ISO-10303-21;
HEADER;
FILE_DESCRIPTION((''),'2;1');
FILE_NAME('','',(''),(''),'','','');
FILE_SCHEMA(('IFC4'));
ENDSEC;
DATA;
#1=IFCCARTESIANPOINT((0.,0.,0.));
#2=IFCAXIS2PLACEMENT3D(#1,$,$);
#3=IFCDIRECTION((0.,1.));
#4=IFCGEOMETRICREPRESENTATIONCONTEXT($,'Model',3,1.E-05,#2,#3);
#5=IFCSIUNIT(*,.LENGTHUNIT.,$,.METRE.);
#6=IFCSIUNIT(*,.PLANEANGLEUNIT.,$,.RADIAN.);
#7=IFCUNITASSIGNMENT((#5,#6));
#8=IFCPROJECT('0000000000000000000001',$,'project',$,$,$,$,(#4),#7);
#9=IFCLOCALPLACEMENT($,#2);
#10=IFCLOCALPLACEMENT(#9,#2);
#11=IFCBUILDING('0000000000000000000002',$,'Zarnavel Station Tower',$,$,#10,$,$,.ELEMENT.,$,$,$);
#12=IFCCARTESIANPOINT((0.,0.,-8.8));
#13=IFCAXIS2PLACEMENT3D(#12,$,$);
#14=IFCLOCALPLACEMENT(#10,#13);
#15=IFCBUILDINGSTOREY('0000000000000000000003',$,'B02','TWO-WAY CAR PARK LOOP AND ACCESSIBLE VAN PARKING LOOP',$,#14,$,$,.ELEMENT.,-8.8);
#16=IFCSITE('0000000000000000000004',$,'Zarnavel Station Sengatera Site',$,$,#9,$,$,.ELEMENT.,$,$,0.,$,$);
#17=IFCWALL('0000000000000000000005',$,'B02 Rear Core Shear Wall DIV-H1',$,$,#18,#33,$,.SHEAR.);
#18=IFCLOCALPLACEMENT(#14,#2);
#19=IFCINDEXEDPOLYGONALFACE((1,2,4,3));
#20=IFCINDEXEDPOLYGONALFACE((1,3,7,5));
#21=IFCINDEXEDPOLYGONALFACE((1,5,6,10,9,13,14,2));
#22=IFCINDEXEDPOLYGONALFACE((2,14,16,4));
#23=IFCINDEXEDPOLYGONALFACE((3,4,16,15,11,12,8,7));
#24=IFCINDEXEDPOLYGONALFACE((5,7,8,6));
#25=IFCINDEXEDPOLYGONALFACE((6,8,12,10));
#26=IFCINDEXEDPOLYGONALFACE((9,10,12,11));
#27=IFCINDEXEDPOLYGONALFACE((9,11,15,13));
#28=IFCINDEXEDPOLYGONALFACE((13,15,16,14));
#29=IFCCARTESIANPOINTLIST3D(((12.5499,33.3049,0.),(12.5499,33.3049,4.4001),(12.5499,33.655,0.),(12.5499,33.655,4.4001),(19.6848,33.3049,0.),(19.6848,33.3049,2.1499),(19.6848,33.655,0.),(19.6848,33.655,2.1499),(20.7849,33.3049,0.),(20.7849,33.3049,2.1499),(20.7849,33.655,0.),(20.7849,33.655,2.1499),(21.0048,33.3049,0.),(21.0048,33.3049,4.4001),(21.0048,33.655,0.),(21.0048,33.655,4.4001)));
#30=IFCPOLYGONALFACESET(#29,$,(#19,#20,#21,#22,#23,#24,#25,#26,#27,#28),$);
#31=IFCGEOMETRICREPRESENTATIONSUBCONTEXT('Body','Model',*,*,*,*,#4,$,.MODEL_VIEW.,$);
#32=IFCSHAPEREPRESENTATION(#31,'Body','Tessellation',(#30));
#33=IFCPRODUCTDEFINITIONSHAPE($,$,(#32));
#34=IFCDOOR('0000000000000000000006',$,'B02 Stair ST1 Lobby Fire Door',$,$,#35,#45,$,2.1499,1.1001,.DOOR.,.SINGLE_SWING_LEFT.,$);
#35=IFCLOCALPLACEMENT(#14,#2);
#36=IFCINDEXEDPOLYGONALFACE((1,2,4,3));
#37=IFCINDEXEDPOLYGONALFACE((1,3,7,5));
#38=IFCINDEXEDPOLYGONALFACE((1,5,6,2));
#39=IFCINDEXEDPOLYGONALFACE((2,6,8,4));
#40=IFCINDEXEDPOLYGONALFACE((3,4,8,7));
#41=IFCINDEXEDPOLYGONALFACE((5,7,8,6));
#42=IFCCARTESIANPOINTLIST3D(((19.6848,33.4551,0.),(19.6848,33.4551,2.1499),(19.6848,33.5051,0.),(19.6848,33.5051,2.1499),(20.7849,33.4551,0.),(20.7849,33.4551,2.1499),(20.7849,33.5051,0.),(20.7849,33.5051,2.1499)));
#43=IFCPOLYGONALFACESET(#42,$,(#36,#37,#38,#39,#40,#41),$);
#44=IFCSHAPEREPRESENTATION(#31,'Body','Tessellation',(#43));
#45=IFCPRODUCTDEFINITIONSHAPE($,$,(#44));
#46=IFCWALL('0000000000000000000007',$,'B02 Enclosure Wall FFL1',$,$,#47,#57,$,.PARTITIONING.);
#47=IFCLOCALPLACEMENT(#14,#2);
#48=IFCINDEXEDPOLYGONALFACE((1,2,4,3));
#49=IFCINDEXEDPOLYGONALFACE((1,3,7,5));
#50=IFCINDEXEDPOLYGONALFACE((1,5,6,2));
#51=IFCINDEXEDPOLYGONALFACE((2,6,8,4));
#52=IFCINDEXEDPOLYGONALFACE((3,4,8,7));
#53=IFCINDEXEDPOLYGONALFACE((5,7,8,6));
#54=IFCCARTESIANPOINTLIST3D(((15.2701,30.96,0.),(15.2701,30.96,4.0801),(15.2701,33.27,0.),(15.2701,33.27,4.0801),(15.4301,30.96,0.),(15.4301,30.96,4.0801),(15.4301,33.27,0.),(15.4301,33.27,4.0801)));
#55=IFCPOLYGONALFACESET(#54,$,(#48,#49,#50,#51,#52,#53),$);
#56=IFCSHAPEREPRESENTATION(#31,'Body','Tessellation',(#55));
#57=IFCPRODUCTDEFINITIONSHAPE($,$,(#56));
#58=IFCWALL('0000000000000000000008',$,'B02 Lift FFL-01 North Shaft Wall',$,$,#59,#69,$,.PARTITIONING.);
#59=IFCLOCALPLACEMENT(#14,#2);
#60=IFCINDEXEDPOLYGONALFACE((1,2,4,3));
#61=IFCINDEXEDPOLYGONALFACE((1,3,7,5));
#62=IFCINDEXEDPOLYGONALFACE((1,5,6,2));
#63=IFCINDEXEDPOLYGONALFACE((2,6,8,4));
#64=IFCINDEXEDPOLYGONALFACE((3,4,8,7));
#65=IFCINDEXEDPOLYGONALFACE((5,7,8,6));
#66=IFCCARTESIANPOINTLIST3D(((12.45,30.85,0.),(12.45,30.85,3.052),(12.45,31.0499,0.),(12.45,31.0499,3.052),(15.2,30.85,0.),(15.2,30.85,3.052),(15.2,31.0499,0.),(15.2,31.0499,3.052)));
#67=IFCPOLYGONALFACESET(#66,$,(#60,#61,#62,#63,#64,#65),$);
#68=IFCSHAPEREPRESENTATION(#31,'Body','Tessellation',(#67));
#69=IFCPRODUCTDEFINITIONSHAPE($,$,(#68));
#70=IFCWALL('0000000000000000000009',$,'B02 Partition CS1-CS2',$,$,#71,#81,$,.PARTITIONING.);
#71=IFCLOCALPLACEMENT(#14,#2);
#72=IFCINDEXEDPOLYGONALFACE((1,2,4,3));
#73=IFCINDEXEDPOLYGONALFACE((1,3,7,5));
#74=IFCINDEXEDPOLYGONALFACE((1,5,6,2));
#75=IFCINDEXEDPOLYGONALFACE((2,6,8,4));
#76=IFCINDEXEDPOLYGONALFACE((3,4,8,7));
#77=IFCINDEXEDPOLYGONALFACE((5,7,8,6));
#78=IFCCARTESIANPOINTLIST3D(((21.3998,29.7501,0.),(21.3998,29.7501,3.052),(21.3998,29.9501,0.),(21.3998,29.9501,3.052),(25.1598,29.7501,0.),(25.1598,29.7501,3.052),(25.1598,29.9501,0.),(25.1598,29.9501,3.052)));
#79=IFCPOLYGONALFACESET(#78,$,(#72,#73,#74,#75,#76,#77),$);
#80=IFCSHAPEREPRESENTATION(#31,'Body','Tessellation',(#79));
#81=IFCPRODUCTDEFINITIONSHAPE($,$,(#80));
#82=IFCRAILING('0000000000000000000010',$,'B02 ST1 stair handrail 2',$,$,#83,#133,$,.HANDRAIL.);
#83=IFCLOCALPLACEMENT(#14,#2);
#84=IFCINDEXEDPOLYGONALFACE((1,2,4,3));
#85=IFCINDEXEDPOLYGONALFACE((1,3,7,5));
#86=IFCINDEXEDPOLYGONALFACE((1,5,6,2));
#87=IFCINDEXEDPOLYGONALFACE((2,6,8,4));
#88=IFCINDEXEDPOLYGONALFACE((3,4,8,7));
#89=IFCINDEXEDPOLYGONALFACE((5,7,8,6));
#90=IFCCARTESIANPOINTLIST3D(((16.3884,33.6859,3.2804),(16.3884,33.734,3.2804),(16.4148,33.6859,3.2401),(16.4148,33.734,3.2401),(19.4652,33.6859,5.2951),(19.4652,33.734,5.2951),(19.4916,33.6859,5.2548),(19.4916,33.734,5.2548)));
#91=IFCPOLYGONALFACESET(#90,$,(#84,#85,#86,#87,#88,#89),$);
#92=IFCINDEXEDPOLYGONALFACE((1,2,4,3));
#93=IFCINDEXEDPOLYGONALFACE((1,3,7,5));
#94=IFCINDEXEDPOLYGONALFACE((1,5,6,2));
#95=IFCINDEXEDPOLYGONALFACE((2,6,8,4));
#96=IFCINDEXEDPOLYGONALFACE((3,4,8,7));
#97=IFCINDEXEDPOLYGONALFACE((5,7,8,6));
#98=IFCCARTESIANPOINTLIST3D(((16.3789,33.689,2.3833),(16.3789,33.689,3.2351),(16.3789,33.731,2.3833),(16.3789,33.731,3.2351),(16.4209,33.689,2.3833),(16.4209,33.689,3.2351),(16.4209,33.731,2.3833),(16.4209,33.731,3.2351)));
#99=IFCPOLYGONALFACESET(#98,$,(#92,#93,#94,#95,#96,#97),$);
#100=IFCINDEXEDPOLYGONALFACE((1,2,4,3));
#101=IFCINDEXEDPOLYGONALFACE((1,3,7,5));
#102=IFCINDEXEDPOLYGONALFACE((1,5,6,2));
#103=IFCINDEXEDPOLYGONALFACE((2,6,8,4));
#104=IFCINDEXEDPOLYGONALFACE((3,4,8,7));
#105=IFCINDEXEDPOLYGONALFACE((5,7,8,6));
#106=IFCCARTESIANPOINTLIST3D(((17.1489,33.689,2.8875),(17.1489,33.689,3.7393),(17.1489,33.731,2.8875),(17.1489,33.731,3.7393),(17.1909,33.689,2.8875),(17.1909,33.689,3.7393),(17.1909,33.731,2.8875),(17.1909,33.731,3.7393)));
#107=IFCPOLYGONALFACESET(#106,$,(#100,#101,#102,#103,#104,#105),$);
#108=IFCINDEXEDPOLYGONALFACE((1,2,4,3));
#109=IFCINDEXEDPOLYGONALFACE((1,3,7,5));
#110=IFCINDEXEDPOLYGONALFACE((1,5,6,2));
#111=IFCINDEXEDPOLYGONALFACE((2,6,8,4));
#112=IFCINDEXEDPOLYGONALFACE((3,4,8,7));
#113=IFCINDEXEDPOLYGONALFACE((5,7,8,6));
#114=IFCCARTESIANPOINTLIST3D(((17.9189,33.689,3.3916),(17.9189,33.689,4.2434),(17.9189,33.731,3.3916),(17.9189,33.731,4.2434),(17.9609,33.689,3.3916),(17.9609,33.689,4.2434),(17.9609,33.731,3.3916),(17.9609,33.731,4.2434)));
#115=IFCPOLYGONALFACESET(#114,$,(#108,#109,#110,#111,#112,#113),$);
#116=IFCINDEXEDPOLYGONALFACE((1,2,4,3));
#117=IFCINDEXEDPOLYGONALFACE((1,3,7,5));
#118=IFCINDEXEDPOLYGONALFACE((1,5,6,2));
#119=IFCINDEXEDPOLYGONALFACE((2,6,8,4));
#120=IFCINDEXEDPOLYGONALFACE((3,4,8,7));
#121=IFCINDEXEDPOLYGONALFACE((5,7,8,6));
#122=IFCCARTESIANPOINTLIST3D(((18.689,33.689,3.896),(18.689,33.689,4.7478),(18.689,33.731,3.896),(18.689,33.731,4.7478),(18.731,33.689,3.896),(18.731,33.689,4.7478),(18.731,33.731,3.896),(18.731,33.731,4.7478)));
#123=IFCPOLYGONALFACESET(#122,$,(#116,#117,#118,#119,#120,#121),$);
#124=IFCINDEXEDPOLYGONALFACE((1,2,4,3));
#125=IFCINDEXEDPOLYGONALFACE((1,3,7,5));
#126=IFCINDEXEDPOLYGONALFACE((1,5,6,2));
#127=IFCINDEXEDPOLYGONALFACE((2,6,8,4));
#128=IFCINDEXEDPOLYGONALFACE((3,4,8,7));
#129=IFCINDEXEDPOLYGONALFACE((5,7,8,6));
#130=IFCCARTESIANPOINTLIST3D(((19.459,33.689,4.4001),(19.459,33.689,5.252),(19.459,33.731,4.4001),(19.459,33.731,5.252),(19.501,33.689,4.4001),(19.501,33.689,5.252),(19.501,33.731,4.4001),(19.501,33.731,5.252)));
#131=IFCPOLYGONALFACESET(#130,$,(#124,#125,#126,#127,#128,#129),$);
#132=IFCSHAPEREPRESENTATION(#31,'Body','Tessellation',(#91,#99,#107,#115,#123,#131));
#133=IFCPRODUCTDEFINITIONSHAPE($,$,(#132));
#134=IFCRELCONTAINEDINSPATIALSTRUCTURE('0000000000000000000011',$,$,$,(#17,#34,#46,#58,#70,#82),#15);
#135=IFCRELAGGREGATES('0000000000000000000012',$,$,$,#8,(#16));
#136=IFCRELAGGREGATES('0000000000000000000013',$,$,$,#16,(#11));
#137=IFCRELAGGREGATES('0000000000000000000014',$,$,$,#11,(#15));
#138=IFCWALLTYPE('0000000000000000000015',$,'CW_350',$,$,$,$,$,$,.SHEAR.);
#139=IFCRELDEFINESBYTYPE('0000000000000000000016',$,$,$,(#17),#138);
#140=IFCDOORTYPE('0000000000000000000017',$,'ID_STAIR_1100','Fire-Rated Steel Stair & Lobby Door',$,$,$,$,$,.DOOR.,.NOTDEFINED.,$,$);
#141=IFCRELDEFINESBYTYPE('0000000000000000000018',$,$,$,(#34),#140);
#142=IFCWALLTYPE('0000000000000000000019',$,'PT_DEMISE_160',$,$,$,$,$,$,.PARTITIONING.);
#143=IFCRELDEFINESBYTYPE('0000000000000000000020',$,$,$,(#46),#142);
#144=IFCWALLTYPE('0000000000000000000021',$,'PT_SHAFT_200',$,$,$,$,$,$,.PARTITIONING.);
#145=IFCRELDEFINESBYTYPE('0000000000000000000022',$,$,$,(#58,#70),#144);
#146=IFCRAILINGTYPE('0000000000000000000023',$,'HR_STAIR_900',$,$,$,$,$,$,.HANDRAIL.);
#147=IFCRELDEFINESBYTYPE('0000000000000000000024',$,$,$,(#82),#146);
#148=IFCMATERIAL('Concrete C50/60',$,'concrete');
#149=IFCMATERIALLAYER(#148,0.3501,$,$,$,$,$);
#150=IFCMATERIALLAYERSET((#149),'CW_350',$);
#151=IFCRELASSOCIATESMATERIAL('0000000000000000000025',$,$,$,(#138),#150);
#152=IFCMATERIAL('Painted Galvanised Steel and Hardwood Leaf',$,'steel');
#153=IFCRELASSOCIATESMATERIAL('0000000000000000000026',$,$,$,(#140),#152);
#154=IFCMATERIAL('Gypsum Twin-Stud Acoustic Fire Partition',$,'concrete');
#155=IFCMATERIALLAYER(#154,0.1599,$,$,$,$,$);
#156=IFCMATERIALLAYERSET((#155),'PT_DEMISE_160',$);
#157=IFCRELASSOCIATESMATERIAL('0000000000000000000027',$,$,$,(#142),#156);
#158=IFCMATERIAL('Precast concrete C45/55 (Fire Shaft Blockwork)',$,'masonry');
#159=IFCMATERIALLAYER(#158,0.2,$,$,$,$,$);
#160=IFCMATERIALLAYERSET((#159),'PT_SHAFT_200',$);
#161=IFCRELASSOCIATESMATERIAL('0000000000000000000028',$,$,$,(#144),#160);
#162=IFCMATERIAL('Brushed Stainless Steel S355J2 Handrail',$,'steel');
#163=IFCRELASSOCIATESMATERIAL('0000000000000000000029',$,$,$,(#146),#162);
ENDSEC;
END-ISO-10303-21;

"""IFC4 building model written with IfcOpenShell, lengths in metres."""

from ifc_helpers import new_model, si_unit, direction, frame, frame_2d, origin, origin_2d, place, context, subcontext, project, spatial, rectangle, extrude, material, layer, layer_set, type_object, element, fill, save


model = new_model("IFC4")

# Units and contexts
model_context = context("Model", 3, precision=1e-05, world=origin(), true_north=direction((0.0, 1.0)))
body_context = subcontext(model_context, "Body", "Model", "MODEL_VIEW")
ifc_project = project(units=[si_unit("LENGTHUNIT", "METRE"), si_unit("PLANEANGLEUNIT", "RADIAN")], contexts=[model_context])

# Site, building, storey
site_placement = place(None, origin())
site = spatial("IfcSite", under=ifc_project, at=site_placement, Name="Zarnavel Station Sengatera Site", CompositionType="ELEMENT", RefElevation=0.0)
building_placement = place(site_placement, origin())
building = spatial("IfcBuilding", under=site, at=building_placement, Name="Zarnavel Station Tower", CompositionType="ELEMENT")
storey_placement = place(building_placement, frame((0.0, 0.0, -8.8)))
storey = spatial("IfcBuildingStorey", under=building, at=storey_placement, Name="B02", Description="TWO-WAY CAR PARK LOOP AND ACCESSIBLE VAN PARKING LOOP", CompositionType="ELEMENT", Elevation=-8.8)

# Shared definitions
ifc_material_1 = material(Name="Concrete C50/60", Category="concrete")
ifc_layer_1 = layer(ifc_material_1, 0.3501)
ifc_layer_set_1 = layer_set([ifc_layer_1], Name="CW_350")
wall_type_1 = type_object("IfcWallType", Name="CW_350", PredefinedType="SHEAR", material=ifc_layer_set_1)

# Wall, opening, door
wall_1_placement = place(storey_placement, frame((21.0049, 33.48, 0.0), z_axis=(0.0, 0.0, 1.0), x_axis=(-1.0, 0.0, 0.0)))
wall_1 = element("IfcWall", 1, at=wall_1_placement, inside=storey, type_object=wall_type_1, Name="B02 Rear Core Shear Wall DIV-H1", PredefinedType="SHEAR", context=body_context, shape_type="SweptSolid", body=[
    extrude(rectangle(XDim=8.4548, YDim=0.3501, at=frame_2d((4.2275, 0.0))), origin(), (0.0, 0.0, 1.0), 4.4001),
])
opening_1_placement = place(wall_1_placement, frame((0.22, 0.0, 0.0)))
opening_1 = element("IfcOpeningElement", 2, at=opening_1_placement, cuts=wall_1, PredefinedType="OPENING", context=body_context, shape_type="SweptSolid", body=[
    extrude(rectangle(XDim=1.1001, YDim=2.1499, at=frame_2d((0.55, 1.075))), frame((0.0, 0.1851, 0.0), z_axis=(0.0, -1.0, 0.0), x_axis=(1.0, 0.0, 0.0)), (0.0, 0.0, 1.0), 0.3701),
])
ifc_material_2 = material(Name="Painted Galvanised Steel and Hardwood Leaf", Category="steel")
door_type_1 = type_object("IfcDoorType", Name="ID_STAIR_1100", Description="Fire-Rated Steel Stair & Lobby Door", OperationType="NOTDEFINED", PredefinedType="DOOR", material=ifc_material_2)
door_1_placement = place(opening_1_placement, origin())
door_1 = element("IfcDoor", 3, at=door_1_placement, inside=storey, type_object=door_type_1, Name="B02 Stair ST1 Lobby Fire Door", OperationType="SINGLE_SWING_LEFT", OverallHeight=2.1499, OverallWidth=1.1001, PredefinedType="DOOR", context=body_context, shape_type="SweptSolid", body=[
    extrude(rectangle(XDim=1.1001, YDim=2.1499, at=frame_2d((0.55, 1.075))), frame((0.0, 0.0249, 0.0), z_axis=(0.0, -1.0, 0.0), x_axis=(1.0, 0.0, 0.0)), (0.0, 0.0, 1.0), 0.05),
])
fill(opening_1, door_1)

# Wall
ifc_material_3 = material(Name="Gypsum Twin-Stud Acoustic Fire Partition", Category="concrete")
ifc_layer_2 = layer(ifc_material_3, 0.1599)
ifc_layer_set_2 = layer_set([ifc_layer_2], Name="PT_DEMISE_160")
wall_type_2 = type_object("IfcWallType", Name="PT_DEMISE_160", PredefinedType="PARTITIONING", material=ifc_layer_set_2)
wall_2_placement = place(storey_placement, frame((15.3501, 30.96, 0.0), z_axis=(0.0, 0.0, 1.0), x_axis=(0.0, 1.0, 0.0)))
element("IfcWall", 4, at=wall_2_placement, inside=storey, type_object=wall_type_2, Name="B02 Enclosure Wall FFL1", PredefinedType="PARTITIONING", context=body_context, shape_type="SweptSolid", body=[
    extrude(rectangle(XDim=2.3101, YDim=0.1599, at=frame_2d((1.155, 0.0))), origin(), (0.0, 0.0, 1.0), 4.0801),
])

# Shared definitions
ifc_material_4 = material(Name="Precast concrete C45/55 (Fire Shaft Blockwork)", Category="masonry")
ifc_layer_3 = layer(ifc_material_4, 0.2)
ifc_layer_set_3 = layer_set([ifc_layer_3], Name="PT_SHAFT_200")
wall_type_3 = type_object("IfcWallType", Name="PT_SHAFT_200", PredefinedType="PARTITIONING", material=ifc_layer_set_3)

# Wall
wall_3_placement = place(storey_placement, frame((12.45, 30.95, 0.0), z_axis=(0.0, 0.0, 1.0), x_axis=(1.0, 0.0, 0.0)))
element("IfcWall", 5, at=wall_3_placement, inside=storey, type_object=wall_type_3, Name="B02 Lift FFL-01 North Shaft Wall", PredefinedType="PARTITIONING", context=body_context, shape_type="SweptSolid", body=[
    extrude(rectangle(XDim=2.75, YDim=0.2, at=frame_2d((1.375, 0.0))), origin(), (0.0, 0.0, 1.0), 3.052),
])

# Wall
wall_4_placement = place(storey_placement, frame((21.3999, 29.8501, 0.0), z_axis=(0.0, 0.0, 1.0), x_axis=(1.0, 0.0, 0.0)))
element("IfcWall", 6, at=wall_4_placement, inside=storey, type_object=wall_type_3, Name="B02 Partition CS1-CS2", PredefinedType="PARTITIONING", context=body_context, shape_type="SweptSolid", body=[
    extrude(rectangle(XDim=3.76, YDim=0.2, at=frame_2d((1.8799, 0.0))), origin(), (0.0, 0.0, 1.0), 3.052),
])

# Railing
ifc_material_5 = material(Name="Brushed Stainless Steel S355J2 Handrail", Category="steel")
railing_type = type_object("IfcRailingType", Name="HR_STAIR_900", PredefinedType="HANDRAIL", material=ifc_material_5)
railing_placement = place(storey_placement, frame((16.3999, 33.71, 2.3833)))
element("IfcRailing", 7, at=railing_placement, inside=storey, type_object=railing_type, Name="B02 ST1 stair handrail 2", PredefinedType="HANDRAIL", context=body_context, shape_type="SweptSolid", body=[
    extrude(rectangle(XDim=0.0481, YDim=0.0481, at=origin_2d()), frame((0.0017, 0.0, 0.877), z_axis=(0.836603, 0.0, 0.54781), x_axis=(0.0, 1.0, 0.0)), (0.0, 0.0, 1.0), 3.6777),
    extrude(rectangle(XDim=0.042, YDim=0.042, at=origin_2d()), origin(), (0.0, 0.0, 1.0), 0.8518),
    extrude(rectangle(XDim=0.042, YDim=0.042, at=origin_2d()), frame((0.77, 0.0, 0.5042)), (0.0, 0.0, 1.0), 0.8518),
    extrude(rectangle(XDim=0.042, YDim=0.042, at=origin_2d()), frame((1.54, 0.0, 1.0083)), (0.0, 0.0, 1.0), 0.8518),
    extrude(rectangle(XDim=0.042, YDim=0.042, at=origin_2d()), frame((2.3101, 0.0, 1.5127)), (0.0, 0.0, 1.0), 0.8518),
    extrude(rectangle(XDim=0.042, YDim=0.042, at=origin_2d()), frame((3.0801, 0.0, 2.0168)), (0.0, 0.0, 1.0), 0.8518),
])

save(model, "model.ifc")
